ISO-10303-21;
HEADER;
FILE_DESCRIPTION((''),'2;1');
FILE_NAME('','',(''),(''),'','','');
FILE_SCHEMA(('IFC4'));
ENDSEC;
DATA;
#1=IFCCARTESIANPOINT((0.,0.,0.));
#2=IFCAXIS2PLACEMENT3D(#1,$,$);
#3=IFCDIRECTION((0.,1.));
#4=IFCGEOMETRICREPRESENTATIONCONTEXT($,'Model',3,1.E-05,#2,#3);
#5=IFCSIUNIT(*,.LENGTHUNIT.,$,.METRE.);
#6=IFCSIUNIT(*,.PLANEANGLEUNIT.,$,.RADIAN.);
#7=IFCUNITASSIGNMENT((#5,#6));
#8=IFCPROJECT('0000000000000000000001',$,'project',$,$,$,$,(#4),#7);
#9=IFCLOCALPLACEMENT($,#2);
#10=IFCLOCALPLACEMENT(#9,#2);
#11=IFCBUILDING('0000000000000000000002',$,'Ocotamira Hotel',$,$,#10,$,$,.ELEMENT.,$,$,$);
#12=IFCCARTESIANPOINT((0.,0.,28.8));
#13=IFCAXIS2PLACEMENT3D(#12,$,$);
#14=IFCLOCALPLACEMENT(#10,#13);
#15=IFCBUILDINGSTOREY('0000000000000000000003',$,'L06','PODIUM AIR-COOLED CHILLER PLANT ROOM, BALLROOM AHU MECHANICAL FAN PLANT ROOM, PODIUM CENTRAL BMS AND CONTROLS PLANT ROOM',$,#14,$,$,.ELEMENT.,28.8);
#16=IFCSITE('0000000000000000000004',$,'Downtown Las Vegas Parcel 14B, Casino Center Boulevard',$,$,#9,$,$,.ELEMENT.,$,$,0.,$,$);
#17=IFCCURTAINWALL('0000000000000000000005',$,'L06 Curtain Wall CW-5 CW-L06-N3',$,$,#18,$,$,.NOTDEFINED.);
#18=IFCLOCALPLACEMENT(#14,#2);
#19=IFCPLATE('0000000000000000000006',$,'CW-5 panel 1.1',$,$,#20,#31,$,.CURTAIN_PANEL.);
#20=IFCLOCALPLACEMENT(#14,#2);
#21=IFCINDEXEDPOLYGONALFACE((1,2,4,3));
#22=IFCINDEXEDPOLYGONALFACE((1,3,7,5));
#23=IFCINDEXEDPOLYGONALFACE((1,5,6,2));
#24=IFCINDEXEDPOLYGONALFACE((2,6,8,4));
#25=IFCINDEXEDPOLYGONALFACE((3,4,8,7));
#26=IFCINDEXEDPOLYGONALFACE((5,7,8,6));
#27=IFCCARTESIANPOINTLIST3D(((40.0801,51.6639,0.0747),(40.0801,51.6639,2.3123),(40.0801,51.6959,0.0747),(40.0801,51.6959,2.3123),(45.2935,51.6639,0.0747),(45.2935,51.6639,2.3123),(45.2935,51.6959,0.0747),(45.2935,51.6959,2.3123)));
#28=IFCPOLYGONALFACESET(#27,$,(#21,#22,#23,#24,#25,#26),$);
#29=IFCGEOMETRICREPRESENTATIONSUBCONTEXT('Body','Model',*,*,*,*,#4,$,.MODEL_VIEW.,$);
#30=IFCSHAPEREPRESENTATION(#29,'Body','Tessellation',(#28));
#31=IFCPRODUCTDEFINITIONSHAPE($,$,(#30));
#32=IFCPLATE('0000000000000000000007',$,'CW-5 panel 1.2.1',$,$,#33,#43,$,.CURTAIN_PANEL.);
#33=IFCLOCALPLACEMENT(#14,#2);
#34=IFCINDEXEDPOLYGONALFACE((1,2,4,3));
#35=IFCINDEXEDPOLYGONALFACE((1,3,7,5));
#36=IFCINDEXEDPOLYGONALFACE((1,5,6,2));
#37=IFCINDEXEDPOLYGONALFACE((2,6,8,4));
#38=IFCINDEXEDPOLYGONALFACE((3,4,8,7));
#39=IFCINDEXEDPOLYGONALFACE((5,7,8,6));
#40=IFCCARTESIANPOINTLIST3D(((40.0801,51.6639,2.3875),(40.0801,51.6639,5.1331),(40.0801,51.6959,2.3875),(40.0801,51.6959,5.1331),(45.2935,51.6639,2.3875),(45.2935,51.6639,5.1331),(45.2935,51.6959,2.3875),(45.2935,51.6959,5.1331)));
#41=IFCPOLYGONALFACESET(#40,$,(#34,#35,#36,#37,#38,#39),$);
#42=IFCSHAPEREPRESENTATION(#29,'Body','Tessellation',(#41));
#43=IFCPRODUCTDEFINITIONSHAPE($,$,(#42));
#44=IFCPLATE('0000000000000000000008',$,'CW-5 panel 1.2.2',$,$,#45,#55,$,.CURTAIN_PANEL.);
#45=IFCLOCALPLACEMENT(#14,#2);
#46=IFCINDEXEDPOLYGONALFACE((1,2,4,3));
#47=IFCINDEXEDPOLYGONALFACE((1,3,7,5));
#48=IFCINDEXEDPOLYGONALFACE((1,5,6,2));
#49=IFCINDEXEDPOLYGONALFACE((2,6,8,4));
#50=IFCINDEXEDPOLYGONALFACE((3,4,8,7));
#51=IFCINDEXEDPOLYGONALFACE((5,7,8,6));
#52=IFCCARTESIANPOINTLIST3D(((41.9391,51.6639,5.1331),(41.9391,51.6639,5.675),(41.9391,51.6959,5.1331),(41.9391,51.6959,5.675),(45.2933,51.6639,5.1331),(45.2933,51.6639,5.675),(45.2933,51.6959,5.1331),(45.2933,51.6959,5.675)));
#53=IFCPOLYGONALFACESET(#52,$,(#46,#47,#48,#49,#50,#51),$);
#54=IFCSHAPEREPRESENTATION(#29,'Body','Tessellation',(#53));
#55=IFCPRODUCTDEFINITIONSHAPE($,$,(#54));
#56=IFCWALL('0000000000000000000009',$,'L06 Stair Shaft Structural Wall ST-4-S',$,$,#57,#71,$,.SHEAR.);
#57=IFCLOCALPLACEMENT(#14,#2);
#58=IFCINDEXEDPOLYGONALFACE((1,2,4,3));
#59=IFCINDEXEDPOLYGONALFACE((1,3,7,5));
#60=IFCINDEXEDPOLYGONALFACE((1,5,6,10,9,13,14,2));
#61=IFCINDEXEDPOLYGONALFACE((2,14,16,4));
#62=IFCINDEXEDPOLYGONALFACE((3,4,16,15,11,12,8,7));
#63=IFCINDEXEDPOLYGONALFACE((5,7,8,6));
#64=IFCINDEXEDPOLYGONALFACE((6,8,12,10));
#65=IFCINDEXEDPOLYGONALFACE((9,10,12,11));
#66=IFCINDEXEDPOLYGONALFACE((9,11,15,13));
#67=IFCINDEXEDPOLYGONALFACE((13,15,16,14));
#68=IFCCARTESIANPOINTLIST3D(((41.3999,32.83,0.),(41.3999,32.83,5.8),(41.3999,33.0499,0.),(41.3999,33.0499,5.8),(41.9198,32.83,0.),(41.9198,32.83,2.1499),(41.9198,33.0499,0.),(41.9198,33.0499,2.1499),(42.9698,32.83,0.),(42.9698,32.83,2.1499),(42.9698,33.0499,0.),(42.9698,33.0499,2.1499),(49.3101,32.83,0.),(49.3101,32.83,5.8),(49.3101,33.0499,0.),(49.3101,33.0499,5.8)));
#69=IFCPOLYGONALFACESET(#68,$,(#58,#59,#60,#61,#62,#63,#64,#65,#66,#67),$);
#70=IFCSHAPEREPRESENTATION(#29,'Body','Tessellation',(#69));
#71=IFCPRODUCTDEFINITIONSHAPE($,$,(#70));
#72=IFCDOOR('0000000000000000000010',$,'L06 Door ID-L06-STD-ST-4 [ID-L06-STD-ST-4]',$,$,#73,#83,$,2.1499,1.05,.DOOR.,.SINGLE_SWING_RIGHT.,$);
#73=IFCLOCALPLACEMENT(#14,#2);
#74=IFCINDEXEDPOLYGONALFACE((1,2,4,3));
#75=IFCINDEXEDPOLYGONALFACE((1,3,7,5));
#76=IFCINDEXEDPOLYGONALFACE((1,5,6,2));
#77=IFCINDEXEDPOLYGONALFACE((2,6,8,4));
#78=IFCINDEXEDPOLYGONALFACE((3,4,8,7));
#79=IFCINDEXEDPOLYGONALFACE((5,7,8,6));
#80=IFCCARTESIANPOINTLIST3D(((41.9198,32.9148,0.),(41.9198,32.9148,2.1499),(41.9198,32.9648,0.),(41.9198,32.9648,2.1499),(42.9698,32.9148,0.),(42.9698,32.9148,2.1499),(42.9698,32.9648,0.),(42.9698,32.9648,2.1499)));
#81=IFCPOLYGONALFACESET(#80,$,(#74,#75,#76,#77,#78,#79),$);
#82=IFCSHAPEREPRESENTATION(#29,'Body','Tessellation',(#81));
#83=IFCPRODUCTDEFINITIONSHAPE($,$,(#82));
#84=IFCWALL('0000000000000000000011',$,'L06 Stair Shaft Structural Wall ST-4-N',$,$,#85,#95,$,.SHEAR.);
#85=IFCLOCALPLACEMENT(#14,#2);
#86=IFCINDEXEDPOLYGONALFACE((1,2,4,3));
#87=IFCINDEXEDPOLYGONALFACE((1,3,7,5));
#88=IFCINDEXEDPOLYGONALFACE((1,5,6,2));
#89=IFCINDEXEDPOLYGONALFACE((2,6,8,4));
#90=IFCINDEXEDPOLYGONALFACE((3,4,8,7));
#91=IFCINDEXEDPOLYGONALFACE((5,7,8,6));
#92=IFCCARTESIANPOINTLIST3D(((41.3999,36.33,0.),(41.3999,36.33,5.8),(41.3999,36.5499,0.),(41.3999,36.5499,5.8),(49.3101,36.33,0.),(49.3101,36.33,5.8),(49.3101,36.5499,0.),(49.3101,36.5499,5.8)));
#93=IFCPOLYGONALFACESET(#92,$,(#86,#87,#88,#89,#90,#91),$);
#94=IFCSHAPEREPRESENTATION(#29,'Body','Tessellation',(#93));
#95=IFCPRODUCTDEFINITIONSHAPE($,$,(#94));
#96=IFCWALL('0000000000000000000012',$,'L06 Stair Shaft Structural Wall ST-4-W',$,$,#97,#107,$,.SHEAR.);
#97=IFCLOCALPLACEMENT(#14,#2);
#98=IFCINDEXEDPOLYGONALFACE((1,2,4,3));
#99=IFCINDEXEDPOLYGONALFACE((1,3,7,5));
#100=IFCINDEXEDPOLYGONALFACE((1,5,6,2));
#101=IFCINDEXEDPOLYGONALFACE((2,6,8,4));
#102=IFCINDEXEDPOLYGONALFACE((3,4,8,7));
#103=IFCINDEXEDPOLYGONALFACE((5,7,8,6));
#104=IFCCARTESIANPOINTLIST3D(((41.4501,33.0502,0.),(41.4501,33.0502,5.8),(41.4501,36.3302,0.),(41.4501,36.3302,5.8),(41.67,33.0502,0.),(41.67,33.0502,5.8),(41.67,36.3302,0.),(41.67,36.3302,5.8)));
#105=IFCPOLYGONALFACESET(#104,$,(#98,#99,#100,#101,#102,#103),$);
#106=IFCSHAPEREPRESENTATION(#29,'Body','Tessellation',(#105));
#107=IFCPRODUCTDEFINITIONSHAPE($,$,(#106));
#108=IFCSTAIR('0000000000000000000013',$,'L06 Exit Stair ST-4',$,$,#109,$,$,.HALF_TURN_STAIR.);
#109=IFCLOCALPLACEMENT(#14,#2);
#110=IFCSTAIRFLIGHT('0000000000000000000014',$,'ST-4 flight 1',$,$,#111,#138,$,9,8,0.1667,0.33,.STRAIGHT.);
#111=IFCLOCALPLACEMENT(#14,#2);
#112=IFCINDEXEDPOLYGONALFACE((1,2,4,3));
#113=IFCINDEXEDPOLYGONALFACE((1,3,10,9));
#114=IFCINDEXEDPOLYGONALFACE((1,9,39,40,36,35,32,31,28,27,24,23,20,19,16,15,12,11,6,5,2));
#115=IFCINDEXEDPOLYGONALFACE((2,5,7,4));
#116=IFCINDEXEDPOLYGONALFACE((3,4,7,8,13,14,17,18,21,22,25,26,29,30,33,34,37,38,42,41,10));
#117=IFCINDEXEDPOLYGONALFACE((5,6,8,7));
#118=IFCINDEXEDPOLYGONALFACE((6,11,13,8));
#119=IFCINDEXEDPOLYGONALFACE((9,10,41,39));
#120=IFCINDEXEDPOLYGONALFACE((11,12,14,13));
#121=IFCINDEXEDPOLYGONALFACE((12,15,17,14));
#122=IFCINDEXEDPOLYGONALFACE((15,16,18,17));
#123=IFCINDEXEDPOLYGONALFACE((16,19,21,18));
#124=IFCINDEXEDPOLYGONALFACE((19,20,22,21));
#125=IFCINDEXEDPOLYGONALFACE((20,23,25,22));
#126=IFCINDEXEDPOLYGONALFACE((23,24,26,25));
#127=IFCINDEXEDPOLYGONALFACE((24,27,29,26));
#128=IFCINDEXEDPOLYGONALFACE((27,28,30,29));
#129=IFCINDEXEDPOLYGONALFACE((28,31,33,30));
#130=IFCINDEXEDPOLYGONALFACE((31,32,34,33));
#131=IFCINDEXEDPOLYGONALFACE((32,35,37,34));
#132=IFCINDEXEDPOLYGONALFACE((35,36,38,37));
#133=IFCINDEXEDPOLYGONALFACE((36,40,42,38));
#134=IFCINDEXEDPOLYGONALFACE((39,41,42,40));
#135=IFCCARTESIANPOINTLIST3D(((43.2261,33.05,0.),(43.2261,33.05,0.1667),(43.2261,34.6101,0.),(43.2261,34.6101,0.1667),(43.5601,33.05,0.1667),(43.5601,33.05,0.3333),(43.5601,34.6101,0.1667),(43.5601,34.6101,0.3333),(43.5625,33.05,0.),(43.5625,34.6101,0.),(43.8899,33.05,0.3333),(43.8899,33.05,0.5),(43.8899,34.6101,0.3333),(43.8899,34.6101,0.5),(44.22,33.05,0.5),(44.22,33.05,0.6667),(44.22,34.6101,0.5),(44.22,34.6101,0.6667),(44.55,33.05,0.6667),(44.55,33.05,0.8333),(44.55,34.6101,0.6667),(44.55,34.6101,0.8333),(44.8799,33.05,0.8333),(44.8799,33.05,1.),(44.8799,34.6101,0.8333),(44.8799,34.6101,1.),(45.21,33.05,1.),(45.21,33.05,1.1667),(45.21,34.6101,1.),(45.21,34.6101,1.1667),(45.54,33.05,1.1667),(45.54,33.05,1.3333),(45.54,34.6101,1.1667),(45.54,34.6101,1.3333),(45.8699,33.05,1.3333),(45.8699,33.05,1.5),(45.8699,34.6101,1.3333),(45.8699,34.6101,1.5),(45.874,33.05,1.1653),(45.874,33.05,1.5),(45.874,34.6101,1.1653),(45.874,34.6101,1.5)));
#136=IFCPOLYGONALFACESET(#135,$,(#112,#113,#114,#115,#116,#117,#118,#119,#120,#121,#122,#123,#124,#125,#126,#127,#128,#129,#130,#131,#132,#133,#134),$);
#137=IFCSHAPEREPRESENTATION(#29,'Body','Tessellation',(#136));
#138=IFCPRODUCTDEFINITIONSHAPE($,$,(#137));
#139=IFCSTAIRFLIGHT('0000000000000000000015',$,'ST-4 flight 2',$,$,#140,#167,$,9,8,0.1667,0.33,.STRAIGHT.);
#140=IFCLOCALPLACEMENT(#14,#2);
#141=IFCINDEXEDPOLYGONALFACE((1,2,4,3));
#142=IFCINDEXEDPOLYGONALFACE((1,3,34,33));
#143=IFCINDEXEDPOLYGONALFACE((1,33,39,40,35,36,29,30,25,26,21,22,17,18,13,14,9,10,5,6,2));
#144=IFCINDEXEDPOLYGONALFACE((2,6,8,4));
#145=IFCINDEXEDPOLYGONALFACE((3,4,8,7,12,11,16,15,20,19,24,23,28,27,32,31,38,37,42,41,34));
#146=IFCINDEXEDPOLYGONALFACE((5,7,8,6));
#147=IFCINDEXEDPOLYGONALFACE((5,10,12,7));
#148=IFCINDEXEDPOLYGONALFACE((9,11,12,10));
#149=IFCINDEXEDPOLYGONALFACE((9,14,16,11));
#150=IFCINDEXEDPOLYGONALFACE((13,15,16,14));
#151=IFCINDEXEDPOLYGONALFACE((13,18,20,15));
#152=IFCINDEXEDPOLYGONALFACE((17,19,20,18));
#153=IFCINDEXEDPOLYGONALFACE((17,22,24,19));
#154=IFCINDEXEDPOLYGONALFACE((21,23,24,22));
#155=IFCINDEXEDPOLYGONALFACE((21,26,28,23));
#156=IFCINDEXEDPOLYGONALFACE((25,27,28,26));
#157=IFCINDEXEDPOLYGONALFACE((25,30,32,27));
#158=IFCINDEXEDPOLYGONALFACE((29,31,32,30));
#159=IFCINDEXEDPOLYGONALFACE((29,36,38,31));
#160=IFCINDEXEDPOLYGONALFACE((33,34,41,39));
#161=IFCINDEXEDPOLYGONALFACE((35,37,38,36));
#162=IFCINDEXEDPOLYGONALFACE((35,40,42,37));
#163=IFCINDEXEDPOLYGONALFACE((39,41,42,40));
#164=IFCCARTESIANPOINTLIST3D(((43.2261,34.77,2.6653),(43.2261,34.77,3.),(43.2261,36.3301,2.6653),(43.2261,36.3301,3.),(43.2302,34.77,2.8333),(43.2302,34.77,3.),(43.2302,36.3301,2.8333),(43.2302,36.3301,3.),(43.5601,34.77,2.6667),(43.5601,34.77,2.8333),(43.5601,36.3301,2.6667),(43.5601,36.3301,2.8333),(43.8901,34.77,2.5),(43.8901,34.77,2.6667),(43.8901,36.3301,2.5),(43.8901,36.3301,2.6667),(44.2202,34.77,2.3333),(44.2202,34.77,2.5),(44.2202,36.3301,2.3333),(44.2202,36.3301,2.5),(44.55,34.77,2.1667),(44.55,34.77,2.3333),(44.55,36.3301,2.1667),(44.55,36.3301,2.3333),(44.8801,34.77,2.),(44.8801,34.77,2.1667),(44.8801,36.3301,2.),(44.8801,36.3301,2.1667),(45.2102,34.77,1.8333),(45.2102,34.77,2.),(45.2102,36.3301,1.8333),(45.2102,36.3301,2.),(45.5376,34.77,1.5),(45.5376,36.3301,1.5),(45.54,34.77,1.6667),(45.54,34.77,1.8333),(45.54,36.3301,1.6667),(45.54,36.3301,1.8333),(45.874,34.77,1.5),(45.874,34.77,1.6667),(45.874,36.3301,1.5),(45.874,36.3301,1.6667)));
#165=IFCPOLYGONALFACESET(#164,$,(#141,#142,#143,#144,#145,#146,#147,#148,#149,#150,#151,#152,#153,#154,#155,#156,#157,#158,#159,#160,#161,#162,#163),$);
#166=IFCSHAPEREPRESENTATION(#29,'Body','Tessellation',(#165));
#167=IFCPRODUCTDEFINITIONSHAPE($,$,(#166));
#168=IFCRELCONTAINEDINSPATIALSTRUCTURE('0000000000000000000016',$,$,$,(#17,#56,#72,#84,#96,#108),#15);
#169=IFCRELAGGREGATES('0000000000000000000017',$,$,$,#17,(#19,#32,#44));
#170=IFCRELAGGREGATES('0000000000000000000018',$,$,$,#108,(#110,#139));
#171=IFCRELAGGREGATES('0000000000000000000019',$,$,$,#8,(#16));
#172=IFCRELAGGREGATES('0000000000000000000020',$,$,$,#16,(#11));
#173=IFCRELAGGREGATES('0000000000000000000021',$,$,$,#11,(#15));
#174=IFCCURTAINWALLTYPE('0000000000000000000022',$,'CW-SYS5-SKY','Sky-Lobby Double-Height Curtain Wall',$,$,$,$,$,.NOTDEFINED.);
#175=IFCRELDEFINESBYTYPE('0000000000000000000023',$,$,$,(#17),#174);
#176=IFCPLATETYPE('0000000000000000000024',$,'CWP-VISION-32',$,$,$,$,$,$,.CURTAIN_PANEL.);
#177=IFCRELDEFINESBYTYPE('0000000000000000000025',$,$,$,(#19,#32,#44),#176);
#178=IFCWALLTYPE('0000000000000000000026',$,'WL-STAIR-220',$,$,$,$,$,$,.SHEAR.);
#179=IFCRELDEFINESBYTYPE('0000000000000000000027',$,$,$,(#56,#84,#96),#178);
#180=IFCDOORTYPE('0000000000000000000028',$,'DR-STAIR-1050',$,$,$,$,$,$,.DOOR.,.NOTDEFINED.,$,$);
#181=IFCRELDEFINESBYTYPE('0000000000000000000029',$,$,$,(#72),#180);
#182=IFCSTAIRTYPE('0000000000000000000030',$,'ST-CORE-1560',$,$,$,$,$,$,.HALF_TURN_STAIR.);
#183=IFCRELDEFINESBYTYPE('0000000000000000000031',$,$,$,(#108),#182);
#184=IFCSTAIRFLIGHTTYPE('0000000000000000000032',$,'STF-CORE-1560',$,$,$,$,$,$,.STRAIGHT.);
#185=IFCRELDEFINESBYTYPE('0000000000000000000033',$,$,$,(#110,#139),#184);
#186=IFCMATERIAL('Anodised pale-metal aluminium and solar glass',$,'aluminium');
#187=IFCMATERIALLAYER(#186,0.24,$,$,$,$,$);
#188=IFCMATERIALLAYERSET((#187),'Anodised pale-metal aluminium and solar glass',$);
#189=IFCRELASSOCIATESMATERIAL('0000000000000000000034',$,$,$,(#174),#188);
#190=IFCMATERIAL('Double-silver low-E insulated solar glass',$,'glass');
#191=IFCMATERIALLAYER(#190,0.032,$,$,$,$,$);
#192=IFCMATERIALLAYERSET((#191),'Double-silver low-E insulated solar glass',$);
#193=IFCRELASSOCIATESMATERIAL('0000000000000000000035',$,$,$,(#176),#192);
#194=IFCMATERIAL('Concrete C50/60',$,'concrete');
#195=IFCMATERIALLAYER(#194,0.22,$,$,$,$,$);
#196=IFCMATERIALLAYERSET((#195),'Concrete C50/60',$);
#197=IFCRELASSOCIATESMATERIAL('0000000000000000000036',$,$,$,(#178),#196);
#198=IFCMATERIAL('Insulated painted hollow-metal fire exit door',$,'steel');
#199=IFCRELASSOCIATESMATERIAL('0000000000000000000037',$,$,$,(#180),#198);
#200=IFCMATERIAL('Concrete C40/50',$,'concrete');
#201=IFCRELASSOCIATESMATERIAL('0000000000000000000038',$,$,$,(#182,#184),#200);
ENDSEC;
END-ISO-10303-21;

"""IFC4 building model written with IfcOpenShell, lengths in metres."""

from ifc_helpers import new_model, si_unit, direction, frame, frame_2d, origin, origin_2d, place, context, subcontext, project, spatial, polyline, rectangle, outline, extrude, source, transform, mapped, material, layer, layer_set, type_object, element, fill, aggregate, save


model = new_model("IFC4")

# Units and contexts
model_context = context("Model", 3, precision=1e-05, world=origin(), true_north=direction((0.0, 1.0)))
body_context = subcontext(model_context, "Body", "Model", "MODEL_VIEW")
ifc_project = project(units=[si_unit("LENGTHUNIT", "METRE"), si_unit("PLANEANGLEUNIT", "RADIAN")], contexts=[model_context])

# Site, building, storey
site_placement = place(None, origin())
site = spatial("IfcSite", under=ifc_project, at=site_placement, Name="Downtown Las Vegas Parcel 14B, Casino Center Boulevard", CompositionType="ELEMENT", RefElevation=0.0)
building_placement = place(site_placement, origin())
building = spatial("IfcBuilding", under=site, at=building_placement, Name="Ocotamira Hotel", CompositionType="ELEMENT")
storey_placement = place(building_placement, frame((0.0, 0.0, 28.8)))
storey = spatial("IfcBuildingStorey", under=building, at=storey_placement, Name="L06", Description="PODIUM AIR-COOLED CHILLER PLANT ROOM, BALLROOM AHU MECHANICAL FAN PLANT ROOM, PODIUM CENTRAL BMS AND CONTROLS PLANT ROOM", CompositionType="ELEMENT", Elevation=28.8)

# Curtain wall
ifc_material_1 = material(Name="Anodised pale-metal aluminium and solar glass", Category="aluminium")
ifc_layer_1 = layer(ifc_material_1, 0.24)
ifc_layer_set_1 = layer_set([ifc_layer_1], Name="Anodised pale-metal aluminium and solar glass")
curtain_wall_type = type_object("IfcCurtainWallType", Name="CW-SYS5-SKY", Description="Sky-Lobby Double-Height Curtain Wall", PredefinedType="NOTDEFINED", material=ifc_layer_set_1)
curtain_wall_placement = place(storey_placement, origin())
curtain_wall = element("IfcCurtainWall", 1, at=curtain_wall_placement, inside=storey, type_object=curtain_wall_type, Name="L06 Curtain Wall CW-5 CW-L06-N3", PredefinedType="NOTDEFINED")

# Plates
ifc_material_2 = material(Name="Double-silver low-E insulated solar glass", Category="glass")
ifc_layer_2 = layer(ifc_material_2, 0.032)
ifc_layer_set_2 = layer_set([ifc_layer_2], Name="Double-silver low-E insulated solar glass")
plate_type_1 = type_object("IfcPlateType", Name="CWP-VISION-32", PredefinedType="CURTAIN_PANEL", material=ifc_layer_set_2)
shared_shape_1 = source(origin(), body_context, "Body", "SweptSolid", [
    extrude(rectangle(XDim=5.2134, YDim=0.032, at=origin_2d()), origin(), (0.0, 0.0, 1.0), 2.2375),
])
plate_1_placement = place(storey_placement, frame((42.6868, 51.6799, 0.0747), z_axis=(0.0, 0.0, 1.0), x_axis=(1.0, 0.0, 0.0)))
plate_1 = element("IfcPlate", 2, at=plate_1_placement, type_object=plate_type_1, Name="CW-5 panel 1.1", PredefinedType="CURTAIN_PANEL", context=body_context, shape_type="MappedRepresentation", body=[
    mapped(shared_shape_1, transform((0.0, 0.0, 0.0), scale=1.0)),
])
shared_shape_2 = source(origin(), body_context, "Body", "SweptSolid", [
    extrude(rectangle(XDim=5.2134, YDim=0.032, at=origin_2d()), origin(), (0.0, 0.0, 1.0), 2.7456),
])
plate_2_placement = place(storey_placement, frame((42.6868, 51.6799, 2.3875), z_axis=(0.0, 0.0, 1.0), x_axis=(1.0, 0.0, 0.0)))
plate_2 = element("IfcPlate", 3, at=plate_2_placement, type_object=plate_type_1, Name="CW-5 panel 1.2.1", PredefinedType="CURTAIN_PANEL", context=body_context, shape_type="MappedRepresentation", body=[
    mapped(shared_shape_2, transform((0.0, 0.0, 0.0), scale=1.0)),
])
shared_shape_3 = source(origin(), body_context, "Body", "SweptSolid", [
    extrude(rectangle(XDim=3.3542, YDim=0.032, at=origin_2d()), origin(), (0.0, 0.0, 1.0), 0.542),
])
plate_3_placement = place(storey_placement, frame((43.6162, 51.6799, 5.1331), z_axis=(0.0, 0.0, 1.0), x_axis=(1.0, 0.0, 0.0)))
plate_3 = element("IfcPlate", 4, at=plate_3_placement, type_object=plate_type_1, Name="CW-5 panel 1.2.2", PredefinedType="CURTAIN_PANEL", context=body_context, shape_type="MappedRepresentation", body=[
    mapped(shared_shape_3, transform((0.0, 0.0, 0.0), scale=1.0)),
])
aggregate(curtain_wall, [plate_1, plate_2, plate_3])

# Wall, opening, door
ifc_material_3 = material(Name="Concrete C50/60", Category="concrete")
ifc_layer_3 = layer(ifc_material_3, 0.22)
ifc_layer_set_3 = layer_set([ifc_layer_3], Name="Concrete C50/60")
wall_type_1 = type_object("IfcWallType", Name="WL-STAIR-220", PredefinedType="SHEAR", material=ifc_layer_set_3)
wall_1_placement = place(storey_placement, frame((41.3999, 32.9399, 0.0), z_axis=(0.0, 0.0, 1.0), x_axis=(1.0, 0.0, 0.0)))
wall_1 = element("IfcWall", 5, at=wall_1_placement, inside=storey, type_object=wall_type_1, Name="L06 Stair Shaft Structural Wall ST-4-S", PredefinedType="SHEAR", context=body_context, shape_type="SweptSolid", body=[
    extrude(rectangle(XDim=7.9102, YDim=0.22, at=frame_2d((3.9551, 0.0))), origin(), (0.0, 0.0, 1.0), 5.8),
])
opening_1_placement = place(wall_1_placement, frame((0.52, 0.0, 0.0)))
opening_1 = element("IfcOpeningElement", 6, at=opening_1_placement, cuts=wall_1, PredefinedType="OPENING", context=body_context, shape_type="SweptSolid", body=[
    extrude(rectangle(XDim=1.05, YDim=2.1499, at=frame_2d((0.5249, 1.075))), frame((0.0, 0.1201, 0.0), z_axis=(0.0, -1.0, 0.0), x_axis=(1.0, 0.0, 0.0)), (0.0, 0.0, 1.0), 0.24),
])
ifc_material_4 = material(Name="Insulated painted hollow-metal fire exit door", Category="steel")
door_type_1 = type_object("IfcDoorType", Name="DR-STAIR-1050", OperationType="NOTDEFINED", PredefinedType="DOOR", material=ifc_material_4)
shared_shape_4 = source(origin(), body_context, "Body", "SweptSolid", [
    extrude(rectangle(XDim=1.05, YDim=2.1499, at=frame_2d((0.5249, 1.075))), frame((0.0, 0.0249, 0.0), z_axis=(0.0, -1.0, 0.0), x_axis=(1.0, 0.0, 0.0)), (0.0, 0.0, 1.0), 0.05),
])
door_1_placement = place(opening_1_placement, origin())
door_1 = element("IfcDoor", 7, at=door_1_placement, inside=storey, type_object=door_type_1, Name="L06 Door ID-L06-STD-ST-4 [ID-L06-STD-ST-4]", OperationType="SINGLE_SWING_RIGHT", OverallHeight=2.1499, OverallWidth=1.05, PredefinedType="DOOR", context=body_context, shape_type="MappedRepresentation", body=[
    mapped(shared_shape_4, transform((0.0, 0.0, 0.0), scale=1.0)),
])
fill(opening_1, door_1)

# Walls
wall_2_placement = place(storey_placement, frame((41.3999, 36.4399, 0.0), z_axis=(0.0, 0.0, 1.0), x_axis=(1.0, 0.0, 0.0)))
element("IfcWall", 8, at=wall_2_placement, inside=storey, type_object=wall_type_1, Name="L06 Stair Shaft Structural Wall ST-4-N", PredefinedType="SHEAR", context=body_context, shape_type="SweptSolid", body=[
    extrude(rectangle(XDim=7.9102, YDim=0.22, at=frame_2d((3.9551, 0.0))), origin(), (0.0, 0.0, 1.0), 5.8),
])
wall_3_placement = place(storey_placement, frame((41.5601, 33.05, 0.0), z_axis=(0.0, 0.0, 1.0), x_axis=(0.0, 1.0, 0.0)))
element("IfcWall", 9, at=wall_3_placement, inside=storey, type_object=wall_type_1, Name="L06 Stair Shaft Structural Wall ST-4-W", PredefinedType="SHEAR", context=body_context, shape_type="SweptSolid", body=[
    extrude(rectangle(XDim=3.28, YDim=0.22, at=frame_2d((1.6401, 0.0))), origin(), (0.0, 0.0, 1.0), 5.8),
])

# Stair, stair flights
ifc_material_5 = material(Name="Concrete C40/50", Category="concrete")
stair_type = type_object("IfcStairType", Name="ST-CORE-1560", PredefinedType="HALF_TURN_STAIR", material=ifc_material_5)
stair_placement = place(storey_placement, origin())
stair = element("IfcStair", 10, at=stair_placement, inside=storey, type_object=stair_type, Name="L06 Exit Stair ST-4", PredefinedType="HALF_TURN_STAIR")
stair_flight_type = type_object("IfcStairFlightType", Name="STF-CORE-1560", PredefinedType="STRAIGHT", material=ifc_material_5)
shared_shape_5 = source(origin(), body_context, "Body", "SweptSolid", [
    extrude(outline(polyline([(-0.0039, 0.0), (-0.0039, 0.1667), (0.3301, 0.1667), (0.3301, 0.3333), (0.6599, 0.3333), (0.6599, 0.5), (0.99, 0.5), (0.99, 0.6667), (1.3201, 0.6667), (1.3201, 0.8333), (1.6499, 0.8333), (1.6499, 1.0), (1.98, 1.0), (1.98, 1.1667), (2.3101, 1.1667), (2.3101, 1.3333), (2.6399, 1.3333), (2.6399, 1.5), (2.644, 1.5), (2.644, 1.1653), (0.3325, 0.0), (-0.0039, 0.0)])), frame((0.0, 0.78, 0.0), z_axis=(0.0, -1.0, 0.0), x_axis=(1.0, 0.0, 0.0)), (0.0, 0.0, 1.0), 1.5601),
])
stair_flight_1_placement = place(storey_placement, frame((43.23, 33.8301, 0.0), z_axis=(0.0, 0.0, 1.0), x_axis=(1.0, 0.0, 0.0)))
stair_flight_1 = element("IfcStairFlight", 11, at=stair_flight_1_placement, type_object=stair_flight_type, Name="ST-4 flight 1", NumberOfRisers=9, NumberOfTreads=8, PredefinedType="STRAIGHT", RiserHeight=0.1667, TreadLength=0.33, context=body_context, shape_type="MappedRepresentation", body=[
    mapped(shared_shape_5, transform((0.0, 0.0, 0.0), scale=1.0)),
])
stair_flight_2_placement = place(storey_placement, frame((45.8701, 35.55, 1.5), z_axis=(0.0, 0.0, 1.0), x_axis=(-1.0, 0.0, 0.0)))
stair_flight_2 = element("IfcStairFlight", 12, at=stair_flight_2_placement, type_object=stair_flight_type, Name="ST-4 flight 2", NumberOfRisers=9, NumberOfTreads=8, PredefinedType="STRAIGHT", RiserHeight=0.1667, TreadLength=0.33, context=body_context, shape_type="MappedRepresentation", body=[
    mapped(shared_shape_5, transform((0.0, 0.0, 0.0), scale=1.0)),
])
aggregate(stair, [stair_flight_1, stair_flight_2])

save(model, "model.ifc")
